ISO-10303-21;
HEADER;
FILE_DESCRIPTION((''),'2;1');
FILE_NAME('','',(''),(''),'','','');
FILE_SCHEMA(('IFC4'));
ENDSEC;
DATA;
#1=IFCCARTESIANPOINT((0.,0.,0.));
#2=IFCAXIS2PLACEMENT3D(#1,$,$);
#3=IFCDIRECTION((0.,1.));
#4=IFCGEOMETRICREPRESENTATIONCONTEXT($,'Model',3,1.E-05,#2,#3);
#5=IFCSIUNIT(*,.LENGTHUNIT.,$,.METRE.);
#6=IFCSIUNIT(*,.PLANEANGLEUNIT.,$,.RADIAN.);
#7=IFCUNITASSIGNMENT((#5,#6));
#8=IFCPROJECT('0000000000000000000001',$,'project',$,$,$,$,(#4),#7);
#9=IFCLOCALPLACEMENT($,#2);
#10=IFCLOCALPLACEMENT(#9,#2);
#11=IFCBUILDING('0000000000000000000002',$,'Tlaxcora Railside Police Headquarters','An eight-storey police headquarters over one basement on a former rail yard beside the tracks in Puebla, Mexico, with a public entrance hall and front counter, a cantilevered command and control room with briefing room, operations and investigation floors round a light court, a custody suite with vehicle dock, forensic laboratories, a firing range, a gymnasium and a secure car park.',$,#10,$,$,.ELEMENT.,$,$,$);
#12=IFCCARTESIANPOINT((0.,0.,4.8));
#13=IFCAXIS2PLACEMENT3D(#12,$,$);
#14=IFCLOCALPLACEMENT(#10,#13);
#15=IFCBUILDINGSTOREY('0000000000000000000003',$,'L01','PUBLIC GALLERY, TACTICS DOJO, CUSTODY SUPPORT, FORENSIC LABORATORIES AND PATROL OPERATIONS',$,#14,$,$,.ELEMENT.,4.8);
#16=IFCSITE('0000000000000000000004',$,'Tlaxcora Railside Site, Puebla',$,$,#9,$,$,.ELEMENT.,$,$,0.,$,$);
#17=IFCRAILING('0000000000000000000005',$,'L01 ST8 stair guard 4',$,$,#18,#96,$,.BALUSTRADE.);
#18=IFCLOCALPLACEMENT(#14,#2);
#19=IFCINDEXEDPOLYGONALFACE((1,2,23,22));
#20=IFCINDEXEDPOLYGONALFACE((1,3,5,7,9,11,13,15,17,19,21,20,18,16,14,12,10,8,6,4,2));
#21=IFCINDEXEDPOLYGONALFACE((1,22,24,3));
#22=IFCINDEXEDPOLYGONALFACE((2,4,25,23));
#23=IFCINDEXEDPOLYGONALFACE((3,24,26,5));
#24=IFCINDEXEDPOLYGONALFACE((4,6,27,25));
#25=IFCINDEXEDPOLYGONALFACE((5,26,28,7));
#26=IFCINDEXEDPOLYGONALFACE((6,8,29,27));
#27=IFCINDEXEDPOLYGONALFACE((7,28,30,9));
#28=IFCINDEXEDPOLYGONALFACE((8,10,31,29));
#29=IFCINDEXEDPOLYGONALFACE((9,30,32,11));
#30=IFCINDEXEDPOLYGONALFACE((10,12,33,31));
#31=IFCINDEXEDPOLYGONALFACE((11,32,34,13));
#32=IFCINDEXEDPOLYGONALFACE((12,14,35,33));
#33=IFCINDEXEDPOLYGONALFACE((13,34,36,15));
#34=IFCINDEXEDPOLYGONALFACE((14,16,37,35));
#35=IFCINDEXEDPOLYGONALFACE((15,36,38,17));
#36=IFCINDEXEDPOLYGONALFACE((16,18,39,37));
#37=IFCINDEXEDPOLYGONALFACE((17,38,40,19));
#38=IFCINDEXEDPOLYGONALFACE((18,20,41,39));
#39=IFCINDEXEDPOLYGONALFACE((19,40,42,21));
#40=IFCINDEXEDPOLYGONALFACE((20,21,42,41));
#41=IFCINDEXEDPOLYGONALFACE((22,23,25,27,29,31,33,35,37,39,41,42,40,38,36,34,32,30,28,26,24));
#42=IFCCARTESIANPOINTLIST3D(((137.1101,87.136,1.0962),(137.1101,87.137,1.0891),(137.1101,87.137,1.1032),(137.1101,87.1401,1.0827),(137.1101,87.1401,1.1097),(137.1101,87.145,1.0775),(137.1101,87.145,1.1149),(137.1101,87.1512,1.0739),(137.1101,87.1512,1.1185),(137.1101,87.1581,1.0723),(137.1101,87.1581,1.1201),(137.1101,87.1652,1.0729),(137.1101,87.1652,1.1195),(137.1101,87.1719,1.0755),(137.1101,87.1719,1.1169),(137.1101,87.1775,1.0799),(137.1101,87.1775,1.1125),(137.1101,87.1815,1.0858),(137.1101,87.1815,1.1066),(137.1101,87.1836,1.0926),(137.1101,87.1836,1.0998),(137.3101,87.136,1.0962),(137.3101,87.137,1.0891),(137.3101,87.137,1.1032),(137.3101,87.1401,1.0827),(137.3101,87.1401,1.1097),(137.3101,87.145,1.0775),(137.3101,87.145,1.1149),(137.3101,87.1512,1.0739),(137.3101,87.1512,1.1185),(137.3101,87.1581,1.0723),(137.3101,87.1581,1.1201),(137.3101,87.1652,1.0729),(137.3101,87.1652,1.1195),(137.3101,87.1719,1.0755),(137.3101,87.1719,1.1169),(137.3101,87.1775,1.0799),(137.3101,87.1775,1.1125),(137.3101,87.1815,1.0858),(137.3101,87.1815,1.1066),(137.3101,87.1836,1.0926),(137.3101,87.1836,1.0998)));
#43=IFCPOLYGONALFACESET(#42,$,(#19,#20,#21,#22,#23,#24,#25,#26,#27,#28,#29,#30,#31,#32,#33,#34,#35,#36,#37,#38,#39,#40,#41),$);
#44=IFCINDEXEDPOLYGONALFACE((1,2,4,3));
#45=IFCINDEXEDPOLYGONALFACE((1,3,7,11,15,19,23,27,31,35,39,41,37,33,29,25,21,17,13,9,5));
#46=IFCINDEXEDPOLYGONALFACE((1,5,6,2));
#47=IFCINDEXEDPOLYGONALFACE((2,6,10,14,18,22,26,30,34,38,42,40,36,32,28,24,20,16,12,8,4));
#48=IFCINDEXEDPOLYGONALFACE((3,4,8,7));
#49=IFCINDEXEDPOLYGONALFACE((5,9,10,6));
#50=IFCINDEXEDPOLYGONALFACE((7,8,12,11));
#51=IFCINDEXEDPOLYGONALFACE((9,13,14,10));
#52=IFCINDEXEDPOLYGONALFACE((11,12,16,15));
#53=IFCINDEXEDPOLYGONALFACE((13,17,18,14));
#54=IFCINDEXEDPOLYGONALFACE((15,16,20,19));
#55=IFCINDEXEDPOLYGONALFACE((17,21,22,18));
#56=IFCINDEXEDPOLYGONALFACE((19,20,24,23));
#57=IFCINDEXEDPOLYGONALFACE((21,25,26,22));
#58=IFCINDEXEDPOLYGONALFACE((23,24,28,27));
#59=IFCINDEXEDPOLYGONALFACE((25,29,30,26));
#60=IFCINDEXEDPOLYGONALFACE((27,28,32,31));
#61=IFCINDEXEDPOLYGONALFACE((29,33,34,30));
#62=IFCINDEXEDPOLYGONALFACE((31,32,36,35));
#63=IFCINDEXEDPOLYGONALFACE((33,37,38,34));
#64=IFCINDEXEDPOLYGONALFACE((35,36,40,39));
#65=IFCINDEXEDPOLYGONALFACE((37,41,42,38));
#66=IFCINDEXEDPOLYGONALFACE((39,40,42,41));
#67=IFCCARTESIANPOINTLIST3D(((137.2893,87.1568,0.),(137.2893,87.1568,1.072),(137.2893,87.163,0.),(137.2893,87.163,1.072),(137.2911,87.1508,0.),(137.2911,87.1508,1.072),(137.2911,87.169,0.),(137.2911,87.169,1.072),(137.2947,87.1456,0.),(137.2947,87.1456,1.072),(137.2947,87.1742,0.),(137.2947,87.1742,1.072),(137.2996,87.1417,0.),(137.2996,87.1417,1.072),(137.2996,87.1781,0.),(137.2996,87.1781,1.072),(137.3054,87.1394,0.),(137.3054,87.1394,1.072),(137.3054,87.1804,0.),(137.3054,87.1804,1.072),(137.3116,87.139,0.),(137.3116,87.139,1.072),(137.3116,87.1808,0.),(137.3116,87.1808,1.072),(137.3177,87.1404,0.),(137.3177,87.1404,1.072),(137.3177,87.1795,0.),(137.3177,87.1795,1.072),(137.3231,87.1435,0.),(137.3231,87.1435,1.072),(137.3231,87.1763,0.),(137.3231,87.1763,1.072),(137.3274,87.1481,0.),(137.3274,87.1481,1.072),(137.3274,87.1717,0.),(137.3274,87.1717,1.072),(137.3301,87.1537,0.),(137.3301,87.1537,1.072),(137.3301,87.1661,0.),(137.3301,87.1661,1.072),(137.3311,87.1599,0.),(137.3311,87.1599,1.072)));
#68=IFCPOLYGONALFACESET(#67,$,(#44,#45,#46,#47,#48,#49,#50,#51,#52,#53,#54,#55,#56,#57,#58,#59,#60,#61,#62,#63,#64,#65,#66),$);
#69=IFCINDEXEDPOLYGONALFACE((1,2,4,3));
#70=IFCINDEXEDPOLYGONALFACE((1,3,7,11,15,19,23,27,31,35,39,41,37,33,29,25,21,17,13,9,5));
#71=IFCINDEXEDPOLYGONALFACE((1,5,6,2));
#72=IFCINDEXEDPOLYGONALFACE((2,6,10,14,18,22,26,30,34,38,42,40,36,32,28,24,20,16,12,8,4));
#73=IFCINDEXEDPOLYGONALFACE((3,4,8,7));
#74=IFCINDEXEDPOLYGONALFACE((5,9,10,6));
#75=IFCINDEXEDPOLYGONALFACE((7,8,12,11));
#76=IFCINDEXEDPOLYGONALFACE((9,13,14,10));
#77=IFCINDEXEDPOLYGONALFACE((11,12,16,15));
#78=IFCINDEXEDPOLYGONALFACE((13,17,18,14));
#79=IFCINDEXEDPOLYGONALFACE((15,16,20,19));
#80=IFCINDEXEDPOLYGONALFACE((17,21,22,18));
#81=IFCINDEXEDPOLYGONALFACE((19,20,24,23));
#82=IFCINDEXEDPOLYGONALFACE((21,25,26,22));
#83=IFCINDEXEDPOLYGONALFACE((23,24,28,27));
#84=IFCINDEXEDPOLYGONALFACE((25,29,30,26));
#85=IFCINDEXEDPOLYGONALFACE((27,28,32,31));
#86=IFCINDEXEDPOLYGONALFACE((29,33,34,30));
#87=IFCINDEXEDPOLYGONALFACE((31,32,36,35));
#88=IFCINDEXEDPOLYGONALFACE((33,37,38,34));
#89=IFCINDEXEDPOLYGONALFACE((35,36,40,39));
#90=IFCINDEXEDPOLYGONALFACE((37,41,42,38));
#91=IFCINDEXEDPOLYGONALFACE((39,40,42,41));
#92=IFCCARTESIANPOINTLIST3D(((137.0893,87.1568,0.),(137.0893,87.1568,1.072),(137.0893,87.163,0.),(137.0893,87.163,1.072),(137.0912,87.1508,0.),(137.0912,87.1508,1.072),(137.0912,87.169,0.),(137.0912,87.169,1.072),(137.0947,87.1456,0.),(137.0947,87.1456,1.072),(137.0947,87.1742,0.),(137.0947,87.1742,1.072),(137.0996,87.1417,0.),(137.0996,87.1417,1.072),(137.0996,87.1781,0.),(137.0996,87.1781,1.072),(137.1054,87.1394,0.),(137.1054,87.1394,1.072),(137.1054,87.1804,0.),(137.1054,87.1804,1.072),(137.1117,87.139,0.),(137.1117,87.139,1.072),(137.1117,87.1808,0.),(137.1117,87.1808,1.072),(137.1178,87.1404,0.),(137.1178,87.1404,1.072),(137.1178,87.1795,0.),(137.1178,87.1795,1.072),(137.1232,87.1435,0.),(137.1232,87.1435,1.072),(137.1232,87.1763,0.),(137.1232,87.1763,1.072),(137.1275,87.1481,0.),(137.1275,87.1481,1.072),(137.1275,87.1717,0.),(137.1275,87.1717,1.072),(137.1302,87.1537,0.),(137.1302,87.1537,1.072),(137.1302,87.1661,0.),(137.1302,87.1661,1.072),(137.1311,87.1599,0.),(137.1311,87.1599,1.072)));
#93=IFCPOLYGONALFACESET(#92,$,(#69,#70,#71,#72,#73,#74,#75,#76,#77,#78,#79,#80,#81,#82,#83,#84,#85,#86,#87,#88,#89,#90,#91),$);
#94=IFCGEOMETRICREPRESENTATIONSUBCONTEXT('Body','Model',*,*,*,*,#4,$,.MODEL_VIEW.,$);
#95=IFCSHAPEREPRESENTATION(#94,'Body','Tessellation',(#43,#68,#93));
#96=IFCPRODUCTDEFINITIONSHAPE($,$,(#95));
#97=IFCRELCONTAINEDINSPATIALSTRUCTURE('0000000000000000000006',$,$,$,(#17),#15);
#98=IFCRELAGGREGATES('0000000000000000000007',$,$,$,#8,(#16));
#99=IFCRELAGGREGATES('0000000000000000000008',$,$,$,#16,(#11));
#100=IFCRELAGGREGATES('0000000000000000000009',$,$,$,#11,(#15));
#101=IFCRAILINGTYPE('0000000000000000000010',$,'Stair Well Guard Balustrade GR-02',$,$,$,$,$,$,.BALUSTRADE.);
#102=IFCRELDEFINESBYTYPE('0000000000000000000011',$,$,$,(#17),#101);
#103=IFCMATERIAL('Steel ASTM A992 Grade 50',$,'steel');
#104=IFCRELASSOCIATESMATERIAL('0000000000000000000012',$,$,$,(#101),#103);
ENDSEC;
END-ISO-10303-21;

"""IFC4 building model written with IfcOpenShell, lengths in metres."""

from ifc_helpers import new_model, si_unit, direction, frame, origin, origin_2d, place, context, subcontext, project, spatial, circle, extrude, material, type_object, element, save


model = new_model("IFC4")

# Units and contexts
model_context = context("Model", 3, precision=1e-05, world=origin(), true_north=direction((0.0, 1.0)))
body_context = subcontext(model_context, "Body", "Model", "MODEL_VIEW")
ifc_project = project(units=[si_unit("LENGTHUNIT", "METRE"), si_unit("PLANEANGLEUNIT", "RADIAN")], contexts=[model_context])

# Site, building, storey
site_placement = place(None, origin())
site = spatial("IfcSite", under=ifc_project, at=site_placement, Name="Tlaxcora Railside Site, Puebla", CompositionType="ELEMENT", RefElevation=0.0)
building_placement = place(site_placement, origin())
building = spatial("IfcBuilding", under=site, at=building_placement, Name="Tlaxcora Railside Police Headquarters", Description="An eight-storey police headquarters over one basement on a former rail yard beside the tracks in Puebla, Mexico, with a public entrance hall and front counter, a cantilevered command and control room with briefing room, operations and investigation floors round a light court, a custody suite with vehicle dock, forensic laboratories, a firing range, a gymnasium and a secure car park.", CompositionType="ELEMENT")
storey_placement = place(building_placement, frame((0.0, 0.0, 4.8)))
storey = spatial("IfcBuildingStorey", under=building, at=storey_placement, Name="L01", Description="PUBLIC GALLERY, TACTICS DOJO, CUSTODY SUPPORT, FORENSIC LABORATORIES AND PATROL OPERATIONS", CompositionType="ELEMENT", Elevation=4.8)

# Shared definitions
ifc_material_1 = material(Name="Steel ASTM A992 Grade 50", Category="steel")

# Railing
railing_type_1 = type_object("IfcRailingType", Name="Stair Well Guard Balustrade GR-02", PredefinedType="BALUSTRADE", material=ifc_material_1)
railing_1_placement = place(storey_placement, frame((137.3101, 87.1599, 0.0)))
element("IfcRailing", 1, at=railing_1_placement, inside=storey, type_object=railing_type_1, Name="L01 ST8 stair guard 4", PredefinedType="BALUSTRADE", context=body_context, shape_type="SweptSolid", body=[
    extrude(circle(Radius=0.0239, at=origin_2d()), frame((0.0, 0.0, 1.0962), z_axis=(-1.0, 0.0, 0.0), x_axis=(0.0, -1.0, 0.0)), (0.0, 0.0, 1.0), 0.2),
    extrude(circle(Radius=0.021, at=origin_2d()), origin(), (0.0, 0.0, 1.0), 1.072),
    extrude(circle(Radius=0.021, at=origin_2d()), frame((-0.2, 0.0, 0.0)), (0.0, 0.0, 1.0), 1.072),
])

save(model, "model.ifc")
